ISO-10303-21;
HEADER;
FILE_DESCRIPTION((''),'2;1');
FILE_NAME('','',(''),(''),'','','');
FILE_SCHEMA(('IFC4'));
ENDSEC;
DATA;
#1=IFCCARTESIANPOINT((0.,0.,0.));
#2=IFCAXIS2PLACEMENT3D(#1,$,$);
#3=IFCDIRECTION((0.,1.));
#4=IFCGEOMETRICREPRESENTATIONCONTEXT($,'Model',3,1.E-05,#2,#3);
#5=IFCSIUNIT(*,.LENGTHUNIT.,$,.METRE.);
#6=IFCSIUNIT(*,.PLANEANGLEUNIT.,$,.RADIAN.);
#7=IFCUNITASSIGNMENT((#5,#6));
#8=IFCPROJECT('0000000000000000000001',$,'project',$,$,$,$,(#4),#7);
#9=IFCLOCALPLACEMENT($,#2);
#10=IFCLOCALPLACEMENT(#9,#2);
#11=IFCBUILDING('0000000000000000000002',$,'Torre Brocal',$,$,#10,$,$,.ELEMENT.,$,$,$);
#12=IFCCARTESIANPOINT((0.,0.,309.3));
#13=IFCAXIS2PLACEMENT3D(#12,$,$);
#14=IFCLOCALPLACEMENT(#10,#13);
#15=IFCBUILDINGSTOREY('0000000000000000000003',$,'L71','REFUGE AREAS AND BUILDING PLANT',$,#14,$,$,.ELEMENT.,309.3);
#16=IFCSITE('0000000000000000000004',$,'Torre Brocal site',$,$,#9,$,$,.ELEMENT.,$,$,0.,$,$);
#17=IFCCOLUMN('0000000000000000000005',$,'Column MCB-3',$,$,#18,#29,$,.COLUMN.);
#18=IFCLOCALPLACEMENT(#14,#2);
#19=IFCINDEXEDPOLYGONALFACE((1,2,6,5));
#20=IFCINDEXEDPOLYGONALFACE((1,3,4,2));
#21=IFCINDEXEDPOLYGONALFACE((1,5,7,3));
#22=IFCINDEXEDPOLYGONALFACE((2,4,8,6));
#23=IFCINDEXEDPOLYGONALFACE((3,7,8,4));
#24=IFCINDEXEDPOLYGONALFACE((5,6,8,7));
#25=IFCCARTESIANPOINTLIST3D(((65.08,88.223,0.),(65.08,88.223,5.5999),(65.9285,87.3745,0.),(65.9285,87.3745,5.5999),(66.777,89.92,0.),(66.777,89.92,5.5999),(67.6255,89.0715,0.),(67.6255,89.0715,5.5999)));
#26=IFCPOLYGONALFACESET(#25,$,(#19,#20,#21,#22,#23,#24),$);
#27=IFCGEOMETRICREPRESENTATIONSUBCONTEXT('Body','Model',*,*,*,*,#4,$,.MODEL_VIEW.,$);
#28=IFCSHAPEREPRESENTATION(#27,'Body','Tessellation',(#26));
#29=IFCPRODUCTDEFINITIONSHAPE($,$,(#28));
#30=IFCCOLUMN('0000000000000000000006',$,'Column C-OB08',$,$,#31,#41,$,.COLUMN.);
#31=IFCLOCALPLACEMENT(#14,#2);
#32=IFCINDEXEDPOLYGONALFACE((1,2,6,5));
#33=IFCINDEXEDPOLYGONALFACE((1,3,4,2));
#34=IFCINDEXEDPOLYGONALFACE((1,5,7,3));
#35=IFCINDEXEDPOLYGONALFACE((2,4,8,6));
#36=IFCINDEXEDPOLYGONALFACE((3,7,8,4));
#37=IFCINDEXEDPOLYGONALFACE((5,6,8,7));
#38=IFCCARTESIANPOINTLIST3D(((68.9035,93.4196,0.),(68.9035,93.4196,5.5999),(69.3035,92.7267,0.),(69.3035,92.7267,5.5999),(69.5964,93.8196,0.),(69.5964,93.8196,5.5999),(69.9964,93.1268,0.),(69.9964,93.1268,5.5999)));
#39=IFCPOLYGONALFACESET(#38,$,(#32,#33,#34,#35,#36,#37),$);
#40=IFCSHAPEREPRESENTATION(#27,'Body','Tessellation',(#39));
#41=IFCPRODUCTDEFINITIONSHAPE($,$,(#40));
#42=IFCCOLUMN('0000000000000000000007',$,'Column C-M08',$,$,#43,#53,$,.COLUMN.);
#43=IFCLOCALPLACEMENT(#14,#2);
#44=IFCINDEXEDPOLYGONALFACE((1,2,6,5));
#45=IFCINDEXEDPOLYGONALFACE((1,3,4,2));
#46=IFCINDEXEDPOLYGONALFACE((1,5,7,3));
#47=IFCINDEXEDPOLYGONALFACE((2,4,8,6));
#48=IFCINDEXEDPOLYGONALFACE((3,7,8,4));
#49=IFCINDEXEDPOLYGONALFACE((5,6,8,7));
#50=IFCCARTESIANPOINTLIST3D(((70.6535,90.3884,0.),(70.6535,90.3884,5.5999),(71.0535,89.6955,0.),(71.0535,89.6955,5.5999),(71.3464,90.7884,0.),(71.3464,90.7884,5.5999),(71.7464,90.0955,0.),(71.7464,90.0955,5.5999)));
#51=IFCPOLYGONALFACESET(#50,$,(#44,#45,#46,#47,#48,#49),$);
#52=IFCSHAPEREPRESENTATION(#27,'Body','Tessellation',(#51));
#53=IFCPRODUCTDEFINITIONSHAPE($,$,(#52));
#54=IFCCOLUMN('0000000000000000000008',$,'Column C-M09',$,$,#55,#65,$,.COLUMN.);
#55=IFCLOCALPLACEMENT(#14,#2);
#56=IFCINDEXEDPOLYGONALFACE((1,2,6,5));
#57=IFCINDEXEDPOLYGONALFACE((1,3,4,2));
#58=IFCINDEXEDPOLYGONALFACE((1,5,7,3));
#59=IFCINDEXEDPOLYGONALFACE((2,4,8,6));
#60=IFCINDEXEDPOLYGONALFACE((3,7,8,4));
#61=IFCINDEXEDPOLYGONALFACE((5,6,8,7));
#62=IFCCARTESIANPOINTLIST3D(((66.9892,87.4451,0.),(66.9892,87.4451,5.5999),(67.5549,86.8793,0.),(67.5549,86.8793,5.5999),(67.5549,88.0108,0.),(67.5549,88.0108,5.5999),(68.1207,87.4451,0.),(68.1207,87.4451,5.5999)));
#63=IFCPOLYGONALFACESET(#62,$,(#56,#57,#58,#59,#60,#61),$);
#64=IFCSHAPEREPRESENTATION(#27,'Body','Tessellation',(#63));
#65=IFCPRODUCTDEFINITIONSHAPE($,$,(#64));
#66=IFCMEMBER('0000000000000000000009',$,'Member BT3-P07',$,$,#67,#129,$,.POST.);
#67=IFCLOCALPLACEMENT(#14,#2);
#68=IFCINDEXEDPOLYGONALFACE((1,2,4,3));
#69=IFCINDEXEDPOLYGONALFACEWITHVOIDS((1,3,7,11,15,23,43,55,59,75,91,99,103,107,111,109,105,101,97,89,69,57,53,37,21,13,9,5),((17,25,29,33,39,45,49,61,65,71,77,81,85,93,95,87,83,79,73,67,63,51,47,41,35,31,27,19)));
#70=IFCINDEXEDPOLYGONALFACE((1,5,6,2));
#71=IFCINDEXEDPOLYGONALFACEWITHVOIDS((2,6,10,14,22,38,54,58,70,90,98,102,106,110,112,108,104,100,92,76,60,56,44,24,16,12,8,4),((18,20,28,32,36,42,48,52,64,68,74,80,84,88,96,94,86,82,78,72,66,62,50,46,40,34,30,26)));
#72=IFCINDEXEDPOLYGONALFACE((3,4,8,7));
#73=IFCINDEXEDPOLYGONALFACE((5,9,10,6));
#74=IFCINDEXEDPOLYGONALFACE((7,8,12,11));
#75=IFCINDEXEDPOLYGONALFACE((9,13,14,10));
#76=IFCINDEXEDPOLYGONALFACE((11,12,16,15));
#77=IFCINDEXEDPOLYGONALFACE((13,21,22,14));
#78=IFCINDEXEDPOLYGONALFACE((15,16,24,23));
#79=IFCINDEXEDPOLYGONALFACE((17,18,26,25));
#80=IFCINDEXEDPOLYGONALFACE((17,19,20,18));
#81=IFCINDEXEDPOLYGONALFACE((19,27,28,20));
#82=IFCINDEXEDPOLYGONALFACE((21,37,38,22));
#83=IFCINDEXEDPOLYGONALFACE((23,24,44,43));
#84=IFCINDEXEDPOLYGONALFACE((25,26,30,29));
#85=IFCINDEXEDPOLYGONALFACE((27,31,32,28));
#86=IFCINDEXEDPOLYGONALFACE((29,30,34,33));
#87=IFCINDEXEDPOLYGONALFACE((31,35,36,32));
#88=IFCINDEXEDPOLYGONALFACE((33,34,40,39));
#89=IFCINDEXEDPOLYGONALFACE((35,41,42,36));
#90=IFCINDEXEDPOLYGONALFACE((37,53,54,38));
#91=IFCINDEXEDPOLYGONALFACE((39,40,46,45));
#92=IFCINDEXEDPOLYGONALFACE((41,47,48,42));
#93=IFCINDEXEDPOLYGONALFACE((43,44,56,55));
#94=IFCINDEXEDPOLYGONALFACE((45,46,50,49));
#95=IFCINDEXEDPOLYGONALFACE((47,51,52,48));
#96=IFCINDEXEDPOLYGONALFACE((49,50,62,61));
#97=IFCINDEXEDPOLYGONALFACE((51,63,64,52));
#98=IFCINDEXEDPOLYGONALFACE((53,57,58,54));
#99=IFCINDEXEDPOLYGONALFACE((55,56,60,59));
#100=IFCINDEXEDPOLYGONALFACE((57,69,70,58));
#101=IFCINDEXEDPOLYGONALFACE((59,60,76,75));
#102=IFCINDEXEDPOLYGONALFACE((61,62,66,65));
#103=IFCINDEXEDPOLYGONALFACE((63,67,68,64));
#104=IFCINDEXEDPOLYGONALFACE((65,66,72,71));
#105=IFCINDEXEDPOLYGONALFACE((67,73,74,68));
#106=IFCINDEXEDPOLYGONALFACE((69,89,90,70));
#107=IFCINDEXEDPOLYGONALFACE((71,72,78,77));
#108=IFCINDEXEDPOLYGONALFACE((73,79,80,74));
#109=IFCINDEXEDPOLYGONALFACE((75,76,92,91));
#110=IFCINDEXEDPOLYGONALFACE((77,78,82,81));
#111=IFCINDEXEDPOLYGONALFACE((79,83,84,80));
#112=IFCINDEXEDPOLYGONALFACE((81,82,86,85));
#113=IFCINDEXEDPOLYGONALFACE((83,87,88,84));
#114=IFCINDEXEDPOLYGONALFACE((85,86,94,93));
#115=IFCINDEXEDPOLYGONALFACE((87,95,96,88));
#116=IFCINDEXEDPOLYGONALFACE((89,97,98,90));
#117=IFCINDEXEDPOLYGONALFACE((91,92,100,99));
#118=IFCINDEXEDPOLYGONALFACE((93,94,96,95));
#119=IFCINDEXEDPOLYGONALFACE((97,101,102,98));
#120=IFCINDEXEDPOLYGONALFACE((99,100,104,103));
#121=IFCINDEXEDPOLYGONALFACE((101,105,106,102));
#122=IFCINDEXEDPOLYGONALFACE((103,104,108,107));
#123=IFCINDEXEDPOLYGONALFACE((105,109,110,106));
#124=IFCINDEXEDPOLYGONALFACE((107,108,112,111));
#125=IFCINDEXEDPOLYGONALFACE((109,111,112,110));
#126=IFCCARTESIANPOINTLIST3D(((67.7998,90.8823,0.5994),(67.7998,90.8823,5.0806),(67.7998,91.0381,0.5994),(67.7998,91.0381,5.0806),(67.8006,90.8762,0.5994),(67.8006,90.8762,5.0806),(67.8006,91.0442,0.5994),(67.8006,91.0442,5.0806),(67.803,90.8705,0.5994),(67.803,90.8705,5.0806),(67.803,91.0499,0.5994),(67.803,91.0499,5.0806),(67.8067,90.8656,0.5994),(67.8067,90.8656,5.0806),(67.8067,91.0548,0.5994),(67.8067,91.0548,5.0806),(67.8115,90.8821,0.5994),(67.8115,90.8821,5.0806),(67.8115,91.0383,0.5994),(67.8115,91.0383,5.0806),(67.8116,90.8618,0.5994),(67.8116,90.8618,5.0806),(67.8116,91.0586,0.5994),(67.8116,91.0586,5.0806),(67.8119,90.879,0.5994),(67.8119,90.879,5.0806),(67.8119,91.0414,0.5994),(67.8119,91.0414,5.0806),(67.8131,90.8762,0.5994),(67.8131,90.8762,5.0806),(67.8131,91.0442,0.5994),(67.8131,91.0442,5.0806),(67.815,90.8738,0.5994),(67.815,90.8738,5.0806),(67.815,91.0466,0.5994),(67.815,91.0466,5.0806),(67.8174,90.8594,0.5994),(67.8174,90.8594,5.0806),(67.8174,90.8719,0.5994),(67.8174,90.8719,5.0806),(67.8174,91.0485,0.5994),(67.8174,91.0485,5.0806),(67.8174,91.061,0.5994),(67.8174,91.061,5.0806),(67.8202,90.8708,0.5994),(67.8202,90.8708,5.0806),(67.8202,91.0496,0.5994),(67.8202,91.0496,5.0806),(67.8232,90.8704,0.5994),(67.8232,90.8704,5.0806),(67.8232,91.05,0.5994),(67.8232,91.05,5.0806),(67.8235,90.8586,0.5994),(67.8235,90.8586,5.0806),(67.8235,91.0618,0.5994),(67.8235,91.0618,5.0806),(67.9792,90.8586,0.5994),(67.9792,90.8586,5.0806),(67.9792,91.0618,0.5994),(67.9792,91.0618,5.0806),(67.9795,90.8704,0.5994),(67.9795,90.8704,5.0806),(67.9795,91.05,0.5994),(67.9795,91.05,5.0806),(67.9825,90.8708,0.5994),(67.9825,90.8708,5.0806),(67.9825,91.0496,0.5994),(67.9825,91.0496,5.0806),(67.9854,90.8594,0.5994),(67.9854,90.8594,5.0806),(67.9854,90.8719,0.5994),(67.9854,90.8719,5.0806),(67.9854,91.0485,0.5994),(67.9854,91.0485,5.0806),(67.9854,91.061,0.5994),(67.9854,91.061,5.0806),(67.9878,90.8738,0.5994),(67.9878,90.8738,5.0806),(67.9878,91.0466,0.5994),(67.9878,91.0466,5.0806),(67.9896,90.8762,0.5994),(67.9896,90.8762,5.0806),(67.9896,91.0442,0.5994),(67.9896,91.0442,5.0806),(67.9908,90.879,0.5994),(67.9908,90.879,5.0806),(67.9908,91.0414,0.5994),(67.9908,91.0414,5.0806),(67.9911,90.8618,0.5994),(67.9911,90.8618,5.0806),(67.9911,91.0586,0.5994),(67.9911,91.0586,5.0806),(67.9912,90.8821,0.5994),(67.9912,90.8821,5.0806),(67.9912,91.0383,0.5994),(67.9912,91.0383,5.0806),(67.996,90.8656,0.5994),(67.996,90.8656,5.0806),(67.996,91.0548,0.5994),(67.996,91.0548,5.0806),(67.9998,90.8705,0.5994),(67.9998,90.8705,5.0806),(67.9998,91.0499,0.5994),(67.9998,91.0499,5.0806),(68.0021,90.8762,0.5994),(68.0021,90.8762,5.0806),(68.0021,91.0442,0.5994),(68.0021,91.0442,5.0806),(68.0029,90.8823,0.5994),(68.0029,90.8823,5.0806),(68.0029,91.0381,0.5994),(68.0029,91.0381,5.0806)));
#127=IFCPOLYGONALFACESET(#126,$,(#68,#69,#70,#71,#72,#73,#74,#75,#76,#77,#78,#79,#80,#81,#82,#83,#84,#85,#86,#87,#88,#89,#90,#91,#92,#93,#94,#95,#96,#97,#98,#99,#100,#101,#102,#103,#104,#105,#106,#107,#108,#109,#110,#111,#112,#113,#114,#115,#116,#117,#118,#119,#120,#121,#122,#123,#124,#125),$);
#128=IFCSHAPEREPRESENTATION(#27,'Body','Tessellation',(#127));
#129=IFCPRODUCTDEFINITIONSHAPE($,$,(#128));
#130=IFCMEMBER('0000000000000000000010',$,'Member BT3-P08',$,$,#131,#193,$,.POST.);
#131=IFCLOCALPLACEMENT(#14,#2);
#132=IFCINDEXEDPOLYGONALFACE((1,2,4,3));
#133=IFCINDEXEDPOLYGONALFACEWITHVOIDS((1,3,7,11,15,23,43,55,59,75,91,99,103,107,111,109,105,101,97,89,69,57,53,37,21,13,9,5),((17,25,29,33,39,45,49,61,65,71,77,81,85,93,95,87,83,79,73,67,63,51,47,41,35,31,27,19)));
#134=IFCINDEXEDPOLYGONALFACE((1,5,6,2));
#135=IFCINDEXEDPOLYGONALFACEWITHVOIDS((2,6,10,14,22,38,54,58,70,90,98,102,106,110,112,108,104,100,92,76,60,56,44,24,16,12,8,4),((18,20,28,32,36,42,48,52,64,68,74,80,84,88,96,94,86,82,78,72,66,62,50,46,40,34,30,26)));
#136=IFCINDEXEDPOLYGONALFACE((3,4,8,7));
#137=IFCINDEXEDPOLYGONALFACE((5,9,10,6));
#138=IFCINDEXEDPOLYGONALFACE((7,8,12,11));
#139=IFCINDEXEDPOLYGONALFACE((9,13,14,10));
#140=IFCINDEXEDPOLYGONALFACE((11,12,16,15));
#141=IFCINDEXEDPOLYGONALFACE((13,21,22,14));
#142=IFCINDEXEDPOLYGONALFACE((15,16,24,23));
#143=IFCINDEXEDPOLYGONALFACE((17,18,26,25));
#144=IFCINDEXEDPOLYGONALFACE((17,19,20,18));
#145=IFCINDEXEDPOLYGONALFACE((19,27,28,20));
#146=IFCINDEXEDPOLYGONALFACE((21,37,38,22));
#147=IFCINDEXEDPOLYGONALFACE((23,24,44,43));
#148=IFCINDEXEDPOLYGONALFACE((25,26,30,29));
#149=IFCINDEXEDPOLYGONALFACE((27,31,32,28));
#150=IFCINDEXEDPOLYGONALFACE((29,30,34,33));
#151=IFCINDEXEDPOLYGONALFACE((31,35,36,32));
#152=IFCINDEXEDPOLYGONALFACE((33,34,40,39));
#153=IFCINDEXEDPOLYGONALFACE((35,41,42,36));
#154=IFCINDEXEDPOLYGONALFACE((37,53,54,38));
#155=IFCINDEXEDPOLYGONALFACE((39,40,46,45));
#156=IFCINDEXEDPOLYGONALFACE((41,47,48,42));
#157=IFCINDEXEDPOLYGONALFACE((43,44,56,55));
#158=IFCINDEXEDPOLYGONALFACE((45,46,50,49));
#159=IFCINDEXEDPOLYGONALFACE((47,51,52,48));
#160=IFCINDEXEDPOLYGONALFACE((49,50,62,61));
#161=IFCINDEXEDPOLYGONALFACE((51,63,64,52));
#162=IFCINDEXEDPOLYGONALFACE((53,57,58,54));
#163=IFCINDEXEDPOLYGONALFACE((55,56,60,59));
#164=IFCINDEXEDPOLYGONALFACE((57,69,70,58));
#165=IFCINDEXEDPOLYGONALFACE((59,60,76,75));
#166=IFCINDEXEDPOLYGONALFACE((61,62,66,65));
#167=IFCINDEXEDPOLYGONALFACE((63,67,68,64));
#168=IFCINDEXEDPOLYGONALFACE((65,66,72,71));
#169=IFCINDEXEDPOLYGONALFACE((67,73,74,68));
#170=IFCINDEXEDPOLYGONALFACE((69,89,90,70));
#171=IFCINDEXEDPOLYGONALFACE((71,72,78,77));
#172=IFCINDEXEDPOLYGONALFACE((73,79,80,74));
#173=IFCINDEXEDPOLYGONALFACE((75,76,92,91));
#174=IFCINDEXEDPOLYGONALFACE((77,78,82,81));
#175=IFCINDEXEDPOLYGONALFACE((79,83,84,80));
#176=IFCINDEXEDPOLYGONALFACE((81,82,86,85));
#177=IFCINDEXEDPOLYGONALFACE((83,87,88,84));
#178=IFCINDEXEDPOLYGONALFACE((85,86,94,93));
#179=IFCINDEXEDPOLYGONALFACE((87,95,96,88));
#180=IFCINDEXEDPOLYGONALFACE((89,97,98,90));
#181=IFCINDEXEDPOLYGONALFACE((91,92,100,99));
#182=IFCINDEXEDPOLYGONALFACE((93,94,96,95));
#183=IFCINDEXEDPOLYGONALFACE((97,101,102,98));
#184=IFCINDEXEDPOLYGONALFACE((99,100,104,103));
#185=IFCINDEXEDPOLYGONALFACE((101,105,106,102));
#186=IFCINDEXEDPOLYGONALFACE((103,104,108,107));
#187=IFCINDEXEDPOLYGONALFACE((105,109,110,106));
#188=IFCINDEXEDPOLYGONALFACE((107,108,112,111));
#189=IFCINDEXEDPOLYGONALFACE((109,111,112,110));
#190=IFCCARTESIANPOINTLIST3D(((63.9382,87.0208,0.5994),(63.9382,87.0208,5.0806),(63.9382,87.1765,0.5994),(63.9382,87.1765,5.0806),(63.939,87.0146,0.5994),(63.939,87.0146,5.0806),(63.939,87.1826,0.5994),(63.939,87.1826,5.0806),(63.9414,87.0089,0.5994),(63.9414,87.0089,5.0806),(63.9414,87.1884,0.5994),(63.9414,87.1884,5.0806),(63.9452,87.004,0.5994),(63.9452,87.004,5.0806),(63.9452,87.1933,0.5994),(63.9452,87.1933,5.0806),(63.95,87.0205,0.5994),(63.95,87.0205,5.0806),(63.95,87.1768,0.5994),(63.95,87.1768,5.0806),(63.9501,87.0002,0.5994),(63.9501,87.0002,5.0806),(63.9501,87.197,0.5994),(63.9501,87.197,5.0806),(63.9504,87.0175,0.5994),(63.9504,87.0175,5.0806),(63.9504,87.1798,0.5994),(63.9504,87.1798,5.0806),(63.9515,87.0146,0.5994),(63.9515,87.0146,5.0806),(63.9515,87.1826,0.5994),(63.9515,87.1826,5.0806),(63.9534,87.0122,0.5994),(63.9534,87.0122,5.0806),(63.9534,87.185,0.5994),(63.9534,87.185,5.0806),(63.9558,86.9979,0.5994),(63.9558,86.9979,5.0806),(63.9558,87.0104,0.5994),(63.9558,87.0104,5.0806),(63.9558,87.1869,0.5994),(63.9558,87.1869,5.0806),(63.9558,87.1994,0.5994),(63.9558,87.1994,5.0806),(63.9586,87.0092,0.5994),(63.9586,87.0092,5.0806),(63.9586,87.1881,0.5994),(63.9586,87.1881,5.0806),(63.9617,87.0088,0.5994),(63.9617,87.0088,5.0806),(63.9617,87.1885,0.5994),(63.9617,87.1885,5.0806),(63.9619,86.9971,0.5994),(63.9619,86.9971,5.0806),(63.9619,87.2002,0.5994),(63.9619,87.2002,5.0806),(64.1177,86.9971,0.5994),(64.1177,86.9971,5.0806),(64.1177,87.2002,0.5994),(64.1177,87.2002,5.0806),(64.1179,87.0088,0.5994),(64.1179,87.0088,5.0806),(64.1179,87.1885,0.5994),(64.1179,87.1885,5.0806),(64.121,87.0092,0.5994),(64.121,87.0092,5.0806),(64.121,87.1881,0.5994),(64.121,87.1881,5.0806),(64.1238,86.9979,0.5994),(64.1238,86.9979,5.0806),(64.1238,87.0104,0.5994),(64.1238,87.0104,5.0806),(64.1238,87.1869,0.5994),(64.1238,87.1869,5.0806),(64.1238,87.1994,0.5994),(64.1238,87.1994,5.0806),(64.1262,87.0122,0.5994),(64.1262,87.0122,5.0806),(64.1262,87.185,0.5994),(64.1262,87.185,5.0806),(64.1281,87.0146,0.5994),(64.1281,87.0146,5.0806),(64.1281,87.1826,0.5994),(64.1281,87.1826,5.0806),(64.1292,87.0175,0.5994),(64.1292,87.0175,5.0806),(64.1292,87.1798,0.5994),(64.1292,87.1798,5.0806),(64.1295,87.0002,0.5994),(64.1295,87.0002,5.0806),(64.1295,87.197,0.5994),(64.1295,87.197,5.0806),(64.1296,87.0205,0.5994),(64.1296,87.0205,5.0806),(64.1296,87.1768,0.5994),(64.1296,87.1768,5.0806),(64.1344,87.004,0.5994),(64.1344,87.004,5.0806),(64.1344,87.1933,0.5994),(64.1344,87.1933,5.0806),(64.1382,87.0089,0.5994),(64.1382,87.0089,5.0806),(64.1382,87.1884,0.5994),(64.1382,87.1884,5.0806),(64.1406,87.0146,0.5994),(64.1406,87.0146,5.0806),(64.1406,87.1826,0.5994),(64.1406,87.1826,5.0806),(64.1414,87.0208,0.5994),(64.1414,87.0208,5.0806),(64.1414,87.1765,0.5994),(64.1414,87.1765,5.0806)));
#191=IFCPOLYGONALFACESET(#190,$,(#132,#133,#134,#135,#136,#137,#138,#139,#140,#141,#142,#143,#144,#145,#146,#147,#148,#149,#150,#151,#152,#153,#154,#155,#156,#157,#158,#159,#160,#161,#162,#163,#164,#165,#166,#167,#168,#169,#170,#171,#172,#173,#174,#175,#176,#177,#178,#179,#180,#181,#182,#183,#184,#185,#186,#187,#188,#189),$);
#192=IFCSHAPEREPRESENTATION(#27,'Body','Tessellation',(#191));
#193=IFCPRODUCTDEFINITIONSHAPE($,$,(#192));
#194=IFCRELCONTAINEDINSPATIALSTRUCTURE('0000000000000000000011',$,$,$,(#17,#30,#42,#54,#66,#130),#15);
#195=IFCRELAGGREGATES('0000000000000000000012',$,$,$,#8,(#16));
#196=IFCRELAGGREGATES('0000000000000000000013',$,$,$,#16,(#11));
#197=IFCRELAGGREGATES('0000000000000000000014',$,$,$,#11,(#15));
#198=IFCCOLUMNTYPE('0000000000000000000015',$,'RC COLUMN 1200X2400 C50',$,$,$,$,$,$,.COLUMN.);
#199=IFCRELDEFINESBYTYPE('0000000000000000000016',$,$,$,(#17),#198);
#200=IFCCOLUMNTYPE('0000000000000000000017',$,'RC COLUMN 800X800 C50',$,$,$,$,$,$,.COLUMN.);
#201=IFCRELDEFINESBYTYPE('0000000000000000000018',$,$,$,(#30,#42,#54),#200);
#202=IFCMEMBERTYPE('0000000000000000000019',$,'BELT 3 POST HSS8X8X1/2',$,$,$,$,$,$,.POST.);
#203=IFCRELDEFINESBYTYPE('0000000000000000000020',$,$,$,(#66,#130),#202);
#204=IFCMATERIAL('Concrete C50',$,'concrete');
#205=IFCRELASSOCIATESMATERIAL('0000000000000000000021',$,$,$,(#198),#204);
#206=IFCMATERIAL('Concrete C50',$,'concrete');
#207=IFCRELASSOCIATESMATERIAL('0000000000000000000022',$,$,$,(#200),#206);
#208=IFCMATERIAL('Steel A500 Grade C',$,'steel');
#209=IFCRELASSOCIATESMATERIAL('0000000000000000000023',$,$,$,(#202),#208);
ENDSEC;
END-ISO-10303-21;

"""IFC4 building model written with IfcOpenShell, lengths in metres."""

from ifc_helpers import new_model, si_unit, direction, frame, origin, origin_2d, place, context, subcontext, project, spatial, rectangle, hollow_rectangle, extrude, material, material_profile, profile_set, type_object, element, save


model = new_model("IFC4")

# Units and contexts
model_context = context("Model", 3, precision=1e-05, world=origin(), true_north=direction((0.0, 1.0)))
body_context = subcontext(model_context, "Body", "Model", "MODEL_VIEW")
ifc_project = project(units=[si_unit("LENGTHUNIT", "METRE"), si_unit("PLANEANGLEUNIT", "RADIAN")], contexts=[model_context])

# Site, building, storey
site_placement = place(None, origin())
site = spatial("IfcSite", under=ifc_project, at=site_placement, Name="Torre Brocal site", CompositionType="ELEMENT", RefElevation=0.0)
building_placement = place(site_placement, origin())
building = spatial("IfcBuilding", under=site, at=building_placement, Name="Torre Brocal", CompositionType="ELEMENT")
storey_placement = place(building_placement, frame((0.0, 0.0, 309.3)))
storey = spatial("IfcBuildingStorey", under=building, at=storey_placement, Name="L71", Description="REFUGE AREAS AND BUILDING PLANT", CompositionType="ELEMENT", Elevation=309.3)

# Columns
ifc_material_1 = material(Name="Concrete C50", Category="concrete")
ifc_material_profile_1 = material_profile(ifc_material_1, rectangle(XDim=1.2, YDim=2.3999, at=origin_2d()), Name="RC 1200X2400")
ifc_profile_set_1 = profile_set([ifc_material_profile_1], Name="Concrete C50")
column_type_1 = type_object("IfcColumnType", Name="RC COLUMN 1200X2400 C50", PredefinedType="COLUMN", material=ifc_profile_set_1)
column_placement = place(storey_placement, frame((66.3528, 88.6472, 0.0), z_axis=(0.0, 0.0, 1.0), x_axis=(-0.707107, 0.707107, 0.0)))
element("IfcColumn", 1, at=column_placement, inside=storey, type_object=column_type_1, Name="Column MCB-3", PredefinedType="COLUMN", context=body_context, shape_type="SweptSolid", body=[
    extrude(rectangle(XDim=1.2, YDim=2.3999, at=origin_2d()), origin(), (0.0, 0.0, 1.0), 5.5999),
])
ifc_material_2 = material(Name="Concrete C50", Category="concrete")
ifc_material_profile_2 = material_profile(ifc_material_2, rectangle(XDim=0.8, YDim=0.8, at=origin_2d()), Name="RC 800X800")
ifc_profile_set_2 = profile_set([ifc_material_profile_2], Name="Concrete C50")
column_type_2 = type_object("IfcColumnType", Name="RC COLUMN 800X800 C50", PredefinedType="COLUMN", material=ifc_profile_set_2)
for number, where, z_axis, x_axis, name in (
    (2, (69.45, 93.2732, 0.0), (0.0, 0.0, 1.0), (-0.5, 0.866025, 0.0), "Column C-OB08"),
    (3, (71.2, 90.2419, 0.0), (0.0, 0.0, 1.0), (-0.5, 0.866025, 0.0), "Column C-M08"),
    (4, (67.5549, 87.4451, 0.0), (0.0, 0.0, 1.0), (-0.707107, 0.707107, 0.0), "Column C-M09"),
):
    element("IfcColumn", number, at=place(storey_placement, frame(where, z_axis=z_axis, x_axis=x_axis)), inside=storey, type_object=column_type_2, Name=name, PredefinedType="COLUMN", context=body_context, shape_type="SweptSolid", body=[
        extrude(rectangle(XDim=0.8, YDim=0.8, at=origin_2d()), origin(), (0.0, 0.0, 1.0), 5.5999),
    ])

# Members
ifc_material_3 = material(Name="Steel A500 Grade C", Category="steel")
ifc_material_profile_3 = material_profile(ifc_material_3, hollow_rectangle(XDim=0.2031, YDim=0.2031, WallThickness=0.0117, InnerFilletRadius=0.0117, OuterFilletRadius=0.0237, at=origin_2d()), Name="HSS8X8X1/2")
ifc_profile_set_3 = profile_set([ifc_material_profile_3], Name="Steel A500 Grade C")
member_type_1 = type_object("IfcMemberType", Name="BELT 3 POST HSS8X8X1/2", PredefinedType="POST", material=ifc_profile_set_3)
for number, where, z_axis, x_axis, name in (
    (5, (67.9014, 90.9602, 0.5994), (0.0, 0.0, 1.0), (1.0, 0.0, 0.0), "Member BT3-P07"),
    (6, (64.0398, 87.0986, 0.5994), (0.0, 0.0, 1.0), (1.0, 0.0, 0.0), "Member BT3-P08"),
):
    element("IfcMember", number, at=place(storey_placement, frame(where, z_axis=z_axis, x_axis=x_axis)), inside=storey, type_object=member_type_1, Name=name, PredefinedType="POST", context=body_context, shape_type="SweptSolid", body=[
        extrude(hollow_rectangle(XDim=0.2031, YDim=0.2031, WallThickness=0.0117, InnerFilletRadius=0.0117, OuterFilletRadius=0.0237, at=origin_2d()), origin(), (0.0, 0.0, 1.0), 4.4812),
    ])

save(model, "model.ifc")
